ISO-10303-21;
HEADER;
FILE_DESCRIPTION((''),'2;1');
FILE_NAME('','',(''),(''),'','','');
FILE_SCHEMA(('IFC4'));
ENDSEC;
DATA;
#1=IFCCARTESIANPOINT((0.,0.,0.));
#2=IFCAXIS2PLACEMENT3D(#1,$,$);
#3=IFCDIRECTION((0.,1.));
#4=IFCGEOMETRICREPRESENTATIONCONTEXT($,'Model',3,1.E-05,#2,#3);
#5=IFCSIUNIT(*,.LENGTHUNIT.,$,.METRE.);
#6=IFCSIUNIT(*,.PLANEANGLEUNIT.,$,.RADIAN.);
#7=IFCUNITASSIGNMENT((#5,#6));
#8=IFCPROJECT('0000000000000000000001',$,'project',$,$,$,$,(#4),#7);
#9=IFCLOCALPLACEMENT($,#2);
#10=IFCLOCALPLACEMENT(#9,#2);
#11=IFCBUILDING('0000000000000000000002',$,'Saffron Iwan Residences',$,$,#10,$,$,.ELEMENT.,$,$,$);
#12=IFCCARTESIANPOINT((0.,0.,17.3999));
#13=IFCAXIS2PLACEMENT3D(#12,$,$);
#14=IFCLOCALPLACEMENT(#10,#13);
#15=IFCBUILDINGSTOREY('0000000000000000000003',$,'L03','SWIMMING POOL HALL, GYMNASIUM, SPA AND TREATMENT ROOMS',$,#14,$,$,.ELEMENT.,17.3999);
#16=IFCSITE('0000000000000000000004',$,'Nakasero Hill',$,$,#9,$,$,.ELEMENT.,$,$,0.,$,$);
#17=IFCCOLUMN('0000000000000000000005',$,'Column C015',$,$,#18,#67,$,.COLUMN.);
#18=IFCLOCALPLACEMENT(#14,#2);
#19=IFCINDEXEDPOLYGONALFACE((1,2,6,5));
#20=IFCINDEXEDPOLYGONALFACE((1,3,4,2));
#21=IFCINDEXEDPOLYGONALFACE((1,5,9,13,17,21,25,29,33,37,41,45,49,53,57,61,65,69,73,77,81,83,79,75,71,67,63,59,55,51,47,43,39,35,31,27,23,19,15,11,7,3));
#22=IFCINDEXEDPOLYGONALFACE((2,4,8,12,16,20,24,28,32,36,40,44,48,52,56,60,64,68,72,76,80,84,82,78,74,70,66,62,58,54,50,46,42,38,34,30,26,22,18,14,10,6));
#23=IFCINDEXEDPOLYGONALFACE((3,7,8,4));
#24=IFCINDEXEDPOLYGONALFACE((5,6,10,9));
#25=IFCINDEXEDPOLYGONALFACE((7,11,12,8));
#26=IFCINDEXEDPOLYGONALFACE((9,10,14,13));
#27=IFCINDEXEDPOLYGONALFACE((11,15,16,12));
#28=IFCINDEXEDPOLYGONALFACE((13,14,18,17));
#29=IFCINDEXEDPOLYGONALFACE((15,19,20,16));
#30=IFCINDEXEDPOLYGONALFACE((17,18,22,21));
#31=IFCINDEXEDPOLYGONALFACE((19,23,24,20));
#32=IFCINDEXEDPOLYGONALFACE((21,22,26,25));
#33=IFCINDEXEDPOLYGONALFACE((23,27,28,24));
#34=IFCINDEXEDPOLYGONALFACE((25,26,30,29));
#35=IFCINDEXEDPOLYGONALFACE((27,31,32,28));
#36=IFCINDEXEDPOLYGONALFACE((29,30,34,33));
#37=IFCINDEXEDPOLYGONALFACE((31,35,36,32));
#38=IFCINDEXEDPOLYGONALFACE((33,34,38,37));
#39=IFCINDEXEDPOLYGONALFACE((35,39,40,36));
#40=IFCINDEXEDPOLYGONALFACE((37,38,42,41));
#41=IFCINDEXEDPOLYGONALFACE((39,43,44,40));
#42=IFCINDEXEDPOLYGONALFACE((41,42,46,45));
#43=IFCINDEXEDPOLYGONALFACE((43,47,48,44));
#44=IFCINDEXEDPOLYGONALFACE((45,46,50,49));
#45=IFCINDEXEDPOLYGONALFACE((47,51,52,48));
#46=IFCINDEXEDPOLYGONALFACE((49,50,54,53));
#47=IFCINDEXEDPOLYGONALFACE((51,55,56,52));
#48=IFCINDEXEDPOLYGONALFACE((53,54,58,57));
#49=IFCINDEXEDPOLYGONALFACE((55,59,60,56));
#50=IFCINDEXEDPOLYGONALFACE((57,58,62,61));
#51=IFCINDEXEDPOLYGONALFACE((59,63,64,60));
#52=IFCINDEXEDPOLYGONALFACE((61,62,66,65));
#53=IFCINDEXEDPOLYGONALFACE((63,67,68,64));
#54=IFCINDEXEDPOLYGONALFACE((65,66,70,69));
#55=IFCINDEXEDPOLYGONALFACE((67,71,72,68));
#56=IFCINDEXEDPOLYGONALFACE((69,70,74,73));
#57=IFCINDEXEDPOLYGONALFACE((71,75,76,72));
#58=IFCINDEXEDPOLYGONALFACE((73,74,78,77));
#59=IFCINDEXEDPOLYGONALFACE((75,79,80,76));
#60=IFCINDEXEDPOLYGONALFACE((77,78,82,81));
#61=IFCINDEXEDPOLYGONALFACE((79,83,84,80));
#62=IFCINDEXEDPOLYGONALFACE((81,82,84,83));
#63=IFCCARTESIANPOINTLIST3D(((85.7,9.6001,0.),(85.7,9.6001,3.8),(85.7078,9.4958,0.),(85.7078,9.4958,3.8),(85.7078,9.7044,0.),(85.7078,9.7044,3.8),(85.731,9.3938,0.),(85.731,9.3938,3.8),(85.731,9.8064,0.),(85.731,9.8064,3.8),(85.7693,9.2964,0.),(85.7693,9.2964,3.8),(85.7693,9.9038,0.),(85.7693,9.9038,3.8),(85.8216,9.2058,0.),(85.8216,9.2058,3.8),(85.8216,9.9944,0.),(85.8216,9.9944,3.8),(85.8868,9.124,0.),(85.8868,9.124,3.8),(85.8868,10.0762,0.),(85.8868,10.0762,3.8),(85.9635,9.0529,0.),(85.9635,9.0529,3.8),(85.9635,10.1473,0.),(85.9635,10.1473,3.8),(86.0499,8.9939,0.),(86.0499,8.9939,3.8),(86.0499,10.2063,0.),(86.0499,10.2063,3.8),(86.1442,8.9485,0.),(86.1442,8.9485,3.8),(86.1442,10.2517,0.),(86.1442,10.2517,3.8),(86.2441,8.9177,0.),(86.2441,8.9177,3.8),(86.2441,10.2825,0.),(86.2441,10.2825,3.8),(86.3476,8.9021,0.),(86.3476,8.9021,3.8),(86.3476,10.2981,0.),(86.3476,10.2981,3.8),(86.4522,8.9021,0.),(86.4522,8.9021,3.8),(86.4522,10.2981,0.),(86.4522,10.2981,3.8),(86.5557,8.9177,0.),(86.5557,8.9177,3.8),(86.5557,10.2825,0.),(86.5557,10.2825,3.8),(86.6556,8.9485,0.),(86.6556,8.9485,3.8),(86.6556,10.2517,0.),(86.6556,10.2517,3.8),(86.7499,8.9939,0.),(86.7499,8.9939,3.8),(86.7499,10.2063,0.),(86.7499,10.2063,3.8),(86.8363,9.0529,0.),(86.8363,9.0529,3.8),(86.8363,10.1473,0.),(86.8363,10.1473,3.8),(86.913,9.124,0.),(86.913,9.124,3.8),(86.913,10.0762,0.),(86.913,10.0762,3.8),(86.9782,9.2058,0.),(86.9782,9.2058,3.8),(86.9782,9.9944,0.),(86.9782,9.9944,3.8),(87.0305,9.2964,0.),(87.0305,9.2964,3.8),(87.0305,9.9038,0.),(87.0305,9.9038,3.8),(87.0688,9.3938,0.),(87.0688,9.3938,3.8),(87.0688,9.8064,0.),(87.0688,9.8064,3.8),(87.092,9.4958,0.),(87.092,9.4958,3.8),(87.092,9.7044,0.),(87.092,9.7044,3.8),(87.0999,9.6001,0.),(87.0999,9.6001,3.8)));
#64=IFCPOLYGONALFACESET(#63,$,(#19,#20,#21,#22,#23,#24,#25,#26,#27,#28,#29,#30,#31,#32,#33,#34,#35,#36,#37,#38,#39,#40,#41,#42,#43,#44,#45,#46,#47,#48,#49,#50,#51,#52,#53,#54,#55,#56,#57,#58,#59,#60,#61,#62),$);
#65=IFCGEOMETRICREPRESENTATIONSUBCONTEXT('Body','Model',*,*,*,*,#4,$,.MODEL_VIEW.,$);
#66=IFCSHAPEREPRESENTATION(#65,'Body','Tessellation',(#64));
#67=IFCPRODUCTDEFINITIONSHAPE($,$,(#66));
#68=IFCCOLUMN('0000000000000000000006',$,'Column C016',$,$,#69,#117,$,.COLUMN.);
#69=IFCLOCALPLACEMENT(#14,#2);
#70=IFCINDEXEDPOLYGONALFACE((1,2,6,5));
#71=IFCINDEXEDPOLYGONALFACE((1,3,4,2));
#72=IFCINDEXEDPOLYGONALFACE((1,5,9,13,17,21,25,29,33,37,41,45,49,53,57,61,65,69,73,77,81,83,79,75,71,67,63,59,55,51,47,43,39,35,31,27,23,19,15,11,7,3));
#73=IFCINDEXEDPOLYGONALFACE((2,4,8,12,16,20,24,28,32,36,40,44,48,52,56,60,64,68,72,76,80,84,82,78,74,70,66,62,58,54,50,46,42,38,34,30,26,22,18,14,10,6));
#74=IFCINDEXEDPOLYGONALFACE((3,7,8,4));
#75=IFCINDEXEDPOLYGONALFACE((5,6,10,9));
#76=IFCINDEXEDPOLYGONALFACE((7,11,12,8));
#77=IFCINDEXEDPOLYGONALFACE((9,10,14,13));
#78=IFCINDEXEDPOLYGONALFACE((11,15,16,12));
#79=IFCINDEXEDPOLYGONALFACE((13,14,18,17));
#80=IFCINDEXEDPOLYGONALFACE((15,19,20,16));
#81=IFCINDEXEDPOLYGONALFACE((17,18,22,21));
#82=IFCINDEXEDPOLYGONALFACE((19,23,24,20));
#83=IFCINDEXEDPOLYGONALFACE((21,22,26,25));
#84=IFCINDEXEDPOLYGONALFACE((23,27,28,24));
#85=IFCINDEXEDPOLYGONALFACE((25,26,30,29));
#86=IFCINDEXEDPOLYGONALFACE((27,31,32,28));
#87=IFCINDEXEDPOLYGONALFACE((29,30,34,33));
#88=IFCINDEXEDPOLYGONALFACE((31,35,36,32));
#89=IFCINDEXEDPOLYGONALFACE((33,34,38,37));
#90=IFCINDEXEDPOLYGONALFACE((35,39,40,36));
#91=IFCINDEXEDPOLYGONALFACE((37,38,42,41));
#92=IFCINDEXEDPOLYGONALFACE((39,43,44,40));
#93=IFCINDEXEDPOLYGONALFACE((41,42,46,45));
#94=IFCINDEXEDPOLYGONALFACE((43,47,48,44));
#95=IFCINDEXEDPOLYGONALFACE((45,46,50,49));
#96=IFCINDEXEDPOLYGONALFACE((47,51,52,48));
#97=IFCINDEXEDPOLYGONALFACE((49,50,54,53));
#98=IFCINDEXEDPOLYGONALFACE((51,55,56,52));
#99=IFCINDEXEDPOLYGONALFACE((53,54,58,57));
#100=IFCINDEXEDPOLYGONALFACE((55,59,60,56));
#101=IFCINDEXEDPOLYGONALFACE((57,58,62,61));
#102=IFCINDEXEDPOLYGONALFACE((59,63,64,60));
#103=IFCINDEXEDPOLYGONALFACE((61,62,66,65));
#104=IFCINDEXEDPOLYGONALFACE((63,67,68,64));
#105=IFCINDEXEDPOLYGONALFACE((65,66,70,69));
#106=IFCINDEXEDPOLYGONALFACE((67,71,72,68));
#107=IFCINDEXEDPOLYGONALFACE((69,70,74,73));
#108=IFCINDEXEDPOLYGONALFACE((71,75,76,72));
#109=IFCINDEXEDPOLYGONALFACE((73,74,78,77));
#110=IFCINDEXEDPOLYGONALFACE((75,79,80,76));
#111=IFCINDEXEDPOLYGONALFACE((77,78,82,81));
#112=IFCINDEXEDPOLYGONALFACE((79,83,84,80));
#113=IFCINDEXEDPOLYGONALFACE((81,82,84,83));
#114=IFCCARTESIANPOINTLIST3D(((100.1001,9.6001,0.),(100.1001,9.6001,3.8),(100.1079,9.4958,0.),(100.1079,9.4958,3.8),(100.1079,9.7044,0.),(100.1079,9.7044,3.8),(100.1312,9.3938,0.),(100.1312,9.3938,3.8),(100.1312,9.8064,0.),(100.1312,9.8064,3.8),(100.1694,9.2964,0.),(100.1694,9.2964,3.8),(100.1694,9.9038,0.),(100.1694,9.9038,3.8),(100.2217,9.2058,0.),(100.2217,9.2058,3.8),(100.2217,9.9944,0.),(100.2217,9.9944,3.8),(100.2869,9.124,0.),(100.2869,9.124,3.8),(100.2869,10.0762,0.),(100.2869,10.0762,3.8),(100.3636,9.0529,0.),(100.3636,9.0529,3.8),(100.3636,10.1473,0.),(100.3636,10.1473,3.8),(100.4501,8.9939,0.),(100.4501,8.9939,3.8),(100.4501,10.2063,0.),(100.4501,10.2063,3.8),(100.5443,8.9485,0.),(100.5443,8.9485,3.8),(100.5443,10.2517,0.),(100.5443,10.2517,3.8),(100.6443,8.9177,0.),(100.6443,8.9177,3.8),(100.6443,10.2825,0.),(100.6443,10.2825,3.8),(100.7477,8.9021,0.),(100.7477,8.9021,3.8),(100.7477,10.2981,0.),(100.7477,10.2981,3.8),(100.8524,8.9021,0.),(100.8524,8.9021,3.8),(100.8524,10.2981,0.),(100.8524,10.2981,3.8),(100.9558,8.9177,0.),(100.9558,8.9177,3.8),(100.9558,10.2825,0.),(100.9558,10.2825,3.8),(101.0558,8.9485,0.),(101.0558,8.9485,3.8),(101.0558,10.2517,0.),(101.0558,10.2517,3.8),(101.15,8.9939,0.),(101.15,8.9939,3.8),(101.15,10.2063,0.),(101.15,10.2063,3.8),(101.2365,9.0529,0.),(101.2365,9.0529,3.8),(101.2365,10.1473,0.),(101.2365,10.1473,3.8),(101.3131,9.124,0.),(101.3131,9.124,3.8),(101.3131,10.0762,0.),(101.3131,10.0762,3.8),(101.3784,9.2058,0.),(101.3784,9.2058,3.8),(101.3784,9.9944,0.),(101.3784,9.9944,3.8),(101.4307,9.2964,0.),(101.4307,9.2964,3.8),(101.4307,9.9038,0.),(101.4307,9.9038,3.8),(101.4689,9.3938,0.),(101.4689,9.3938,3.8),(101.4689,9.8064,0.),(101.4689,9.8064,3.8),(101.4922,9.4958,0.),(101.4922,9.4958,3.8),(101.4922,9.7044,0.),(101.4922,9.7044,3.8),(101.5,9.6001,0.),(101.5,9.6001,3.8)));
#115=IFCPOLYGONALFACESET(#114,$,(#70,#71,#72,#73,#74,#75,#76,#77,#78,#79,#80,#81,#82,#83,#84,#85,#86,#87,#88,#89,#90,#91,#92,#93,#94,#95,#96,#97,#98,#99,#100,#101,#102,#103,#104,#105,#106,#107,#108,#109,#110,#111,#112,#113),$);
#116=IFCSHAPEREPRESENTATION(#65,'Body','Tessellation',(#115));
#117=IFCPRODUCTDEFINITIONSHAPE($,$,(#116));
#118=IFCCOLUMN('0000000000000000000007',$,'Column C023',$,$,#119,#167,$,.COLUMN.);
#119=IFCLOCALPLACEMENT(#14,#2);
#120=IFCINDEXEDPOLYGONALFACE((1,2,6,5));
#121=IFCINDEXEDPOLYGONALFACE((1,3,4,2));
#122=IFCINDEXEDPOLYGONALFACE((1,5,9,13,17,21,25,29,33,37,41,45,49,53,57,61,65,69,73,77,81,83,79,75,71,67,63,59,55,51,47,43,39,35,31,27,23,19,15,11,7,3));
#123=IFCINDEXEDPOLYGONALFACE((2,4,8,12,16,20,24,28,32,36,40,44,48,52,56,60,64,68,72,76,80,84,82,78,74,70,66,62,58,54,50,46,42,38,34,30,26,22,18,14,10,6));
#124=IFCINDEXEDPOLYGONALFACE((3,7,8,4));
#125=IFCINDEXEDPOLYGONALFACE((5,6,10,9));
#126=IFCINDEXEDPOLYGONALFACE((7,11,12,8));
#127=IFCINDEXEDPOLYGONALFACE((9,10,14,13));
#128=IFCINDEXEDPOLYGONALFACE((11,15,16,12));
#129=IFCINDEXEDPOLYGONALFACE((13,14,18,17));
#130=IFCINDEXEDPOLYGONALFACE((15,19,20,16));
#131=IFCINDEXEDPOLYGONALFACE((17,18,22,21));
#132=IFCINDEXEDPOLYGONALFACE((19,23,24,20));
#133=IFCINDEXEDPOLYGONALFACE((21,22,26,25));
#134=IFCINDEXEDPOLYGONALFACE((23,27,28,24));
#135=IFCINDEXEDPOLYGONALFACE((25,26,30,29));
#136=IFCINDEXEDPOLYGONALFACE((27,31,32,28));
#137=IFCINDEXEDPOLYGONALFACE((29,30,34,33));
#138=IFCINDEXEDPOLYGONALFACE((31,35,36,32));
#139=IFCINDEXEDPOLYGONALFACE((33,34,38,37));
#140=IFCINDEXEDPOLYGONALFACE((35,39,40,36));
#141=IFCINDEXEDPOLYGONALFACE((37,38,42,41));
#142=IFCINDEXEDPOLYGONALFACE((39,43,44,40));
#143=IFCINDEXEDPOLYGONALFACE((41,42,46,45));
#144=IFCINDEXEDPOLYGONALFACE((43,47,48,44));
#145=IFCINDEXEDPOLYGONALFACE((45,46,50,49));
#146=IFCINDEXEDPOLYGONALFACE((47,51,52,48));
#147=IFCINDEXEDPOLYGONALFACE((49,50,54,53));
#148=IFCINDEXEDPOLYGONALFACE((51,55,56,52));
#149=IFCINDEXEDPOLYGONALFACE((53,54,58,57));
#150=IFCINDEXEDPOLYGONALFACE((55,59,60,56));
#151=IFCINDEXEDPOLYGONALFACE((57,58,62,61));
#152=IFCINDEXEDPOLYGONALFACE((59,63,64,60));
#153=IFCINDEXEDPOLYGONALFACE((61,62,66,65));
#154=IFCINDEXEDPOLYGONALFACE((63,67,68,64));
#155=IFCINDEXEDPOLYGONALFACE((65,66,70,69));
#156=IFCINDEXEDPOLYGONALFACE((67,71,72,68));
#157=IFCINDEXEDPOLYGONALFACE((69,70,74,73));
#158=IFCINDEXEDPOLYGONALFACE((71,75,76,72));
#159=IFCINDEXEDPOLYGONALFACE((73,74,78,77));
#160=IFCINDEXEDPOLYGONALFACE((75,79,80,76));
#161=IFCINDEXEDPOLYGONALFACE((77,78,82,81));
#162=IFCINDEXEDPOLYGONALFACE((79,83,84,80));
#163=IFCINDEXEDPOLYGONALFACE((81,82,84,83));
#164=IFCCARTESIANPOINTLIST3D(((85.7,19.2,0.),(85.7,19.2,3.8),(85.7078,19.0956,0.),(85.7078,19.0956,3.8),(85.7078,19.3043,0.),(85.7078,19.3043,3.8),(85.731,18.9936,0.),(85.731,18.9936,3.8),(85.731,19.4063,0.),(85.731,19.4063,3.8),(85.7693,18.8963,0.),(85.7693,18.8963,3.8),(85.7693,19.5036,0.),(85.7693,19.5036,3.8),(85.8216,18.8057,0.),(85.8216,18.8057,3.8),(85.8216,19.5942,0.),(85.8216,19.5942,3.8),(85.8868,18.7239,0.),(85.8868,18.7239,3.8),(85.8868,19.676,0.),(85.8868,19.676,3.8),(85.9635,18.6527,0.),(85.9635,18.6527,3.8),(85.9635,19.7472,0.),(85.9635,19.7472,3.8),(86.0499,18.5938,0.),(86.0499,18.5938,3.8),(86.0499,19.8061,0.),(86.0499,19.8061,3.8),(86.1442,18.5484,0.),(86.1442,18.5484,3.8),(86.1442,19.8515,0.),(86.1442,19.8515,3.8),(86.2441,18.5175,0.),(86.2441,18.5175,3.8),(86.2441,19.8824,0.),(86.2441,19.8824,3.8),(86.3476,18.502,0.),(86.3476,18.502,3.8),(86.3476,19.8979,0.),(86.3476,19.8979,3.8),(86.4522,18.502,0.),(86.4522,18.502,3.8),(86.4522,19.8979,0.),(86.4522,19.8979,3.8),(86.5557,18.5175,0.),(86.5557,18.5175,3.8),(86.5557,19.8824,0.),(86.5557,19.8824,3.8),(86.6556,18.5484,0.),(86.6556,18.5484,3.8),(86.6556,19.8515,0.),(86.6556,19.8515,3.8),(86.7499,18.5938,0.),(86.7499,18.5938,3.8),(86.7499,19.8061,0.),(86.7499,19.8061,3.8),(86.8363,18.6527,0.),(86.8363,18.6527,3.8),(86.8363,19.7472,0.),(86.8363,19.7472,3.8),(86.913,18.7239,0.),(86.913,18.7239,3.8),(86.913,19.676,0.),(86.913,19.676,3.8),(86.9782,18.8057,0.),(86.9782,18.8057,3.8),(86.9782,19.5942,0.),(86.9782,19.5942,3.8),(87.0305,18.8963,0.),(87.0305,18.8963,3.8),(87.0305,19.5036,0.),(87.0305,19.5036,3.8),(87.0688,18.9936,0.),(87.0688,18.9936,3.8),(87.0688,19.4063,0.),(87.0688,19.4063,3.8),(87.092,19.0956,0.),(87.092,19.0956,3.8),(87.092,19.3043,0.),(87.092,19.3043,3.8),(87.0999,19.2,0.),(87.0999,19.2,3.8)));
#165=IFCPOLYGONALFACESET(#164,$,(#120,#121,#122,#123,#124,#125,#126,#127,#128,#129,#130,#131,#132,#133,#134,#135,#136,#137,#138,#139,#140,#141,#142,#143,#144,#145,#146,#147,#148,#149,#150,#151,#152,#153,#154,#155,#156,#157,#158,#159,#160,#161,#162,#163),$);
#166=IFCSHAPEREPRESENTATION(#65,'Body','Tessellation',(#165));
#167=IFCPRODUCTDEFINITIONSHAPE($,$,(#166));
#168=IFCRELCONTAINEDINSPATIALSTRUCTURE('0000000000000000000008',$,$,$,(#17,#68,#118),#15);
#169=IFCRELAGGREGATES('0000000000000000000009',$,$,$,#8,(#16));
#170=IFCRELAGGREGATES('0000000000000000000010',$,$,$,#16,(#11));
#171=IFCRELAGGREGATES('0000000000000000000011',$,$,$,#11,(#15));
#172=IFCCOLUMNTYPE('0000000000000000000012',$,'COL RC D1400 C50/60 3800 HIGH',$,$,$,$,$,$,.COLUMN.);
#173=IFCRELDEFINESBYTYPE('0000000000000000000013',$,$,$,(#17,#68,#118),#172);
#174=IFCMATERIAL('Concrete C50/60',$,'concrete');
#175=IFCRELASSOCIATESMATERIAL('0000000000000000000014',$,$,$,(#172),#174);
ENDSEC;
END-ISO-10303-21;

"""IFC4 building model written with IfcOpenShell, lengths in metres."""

from ifc_helpers import new_model, si_unit, direction, frame, origin, origin_2d, place, context, subcontext, project, spatial, circle, extrude, source, transform, mapped, material, material_profile, profile_set, type_object, element, save


model = new_model("IFC4")

# Units and contexts
model_context = context("Model", 3, precision=1e-05, world=origin(), true_north=direction((0.0, 1.0)))
body_context = subcontext(model_context, "Body", "Model", "MODEL_VIEW")
ifc_project = project(units=[si_unit("LENGTHUNIT", "METRE"), si_unit("PLANEANGLEUNIT", "RADIAN")], contexts=[model_context])

# Site, building, storey
site_placement = place(None, origin())
site = spatial("IfcSite", under=ifc_project, at=site_placement, Name="Nakasero Hill", CompositionType="ELEMENT", RefElevation=0.0)
building_placement = place(site_placement, origin())
building = spatial("IfcBuilding", under=site, at=building_placement, Name="Saffron Iwan Residences", CompositionType="ELEMENT")
storey_placement = place(building_placement, frame((0.0, 0.0, 17.3999)))
storey = spatial("IfcBuildingStorey", under=building, at=storey_placement, Name="L03", Description="SWIMMING POOL HALL, GYMNASIUM, SPA AND TREATMENT ROOMS", CompositionType="ELEMENT", Elevation=17.3999)

# Columns
ifc_material_1 = material(Name="Concrete C50/60", Category="concrete")
ifc_material_profile_1 = material_profile(ifc_material_1, circle(Radius=0.7, at=origin_2d()), Name="RC D1400")
ifc_profile_set_1 = profile_set([ifc_material_profile_1], Name="Concrete C50/60")
column_type = type_object("IfcColumnType", Name="COL RC D1400 C50/60 3800 HIGH", PredefinedType="COLUMN", material=ifc_profile_set_1)
shared_shape_1 = source(origin(), body_context, "Body", "SweptSolid", [
    extrude(circle(Radius=0.7, at=origin_2d()), origin(), (0.0, 0.0, 1.0), 3.8),
])
for number, where, z_axis, x_axis, name in (
    (1, (86.3999, 9.6001, 0.0), (0.0, 0.0, 1.0), (1.0, 0.0, 0.0), "Column C015"),
    (2, (100.8, 9.6001, 0.0), (0.0, 0.0, 1.0), (1.0, 0.0, 0.0), "Column C016"),
    (3, (86.3999, 19.2, 0.0), (0.0, 0.0, 1.0), (1.0, 0.0, 0.0), "Column C023"),
):
    element("IfcColumn", number, at=place(storey_placement, frame(where, z_axis=z_axis, x_axis=x_axis)), inside=storey, type_object=column_type, Name=name, PredefinedType="COLUMN", context=body_context, shape_type="MappedRepresentation", body=[
        mapped(shared_shape_1, transform((0.0, 0.0, 0.0))),
    ])

save(model, "model.ifc")
